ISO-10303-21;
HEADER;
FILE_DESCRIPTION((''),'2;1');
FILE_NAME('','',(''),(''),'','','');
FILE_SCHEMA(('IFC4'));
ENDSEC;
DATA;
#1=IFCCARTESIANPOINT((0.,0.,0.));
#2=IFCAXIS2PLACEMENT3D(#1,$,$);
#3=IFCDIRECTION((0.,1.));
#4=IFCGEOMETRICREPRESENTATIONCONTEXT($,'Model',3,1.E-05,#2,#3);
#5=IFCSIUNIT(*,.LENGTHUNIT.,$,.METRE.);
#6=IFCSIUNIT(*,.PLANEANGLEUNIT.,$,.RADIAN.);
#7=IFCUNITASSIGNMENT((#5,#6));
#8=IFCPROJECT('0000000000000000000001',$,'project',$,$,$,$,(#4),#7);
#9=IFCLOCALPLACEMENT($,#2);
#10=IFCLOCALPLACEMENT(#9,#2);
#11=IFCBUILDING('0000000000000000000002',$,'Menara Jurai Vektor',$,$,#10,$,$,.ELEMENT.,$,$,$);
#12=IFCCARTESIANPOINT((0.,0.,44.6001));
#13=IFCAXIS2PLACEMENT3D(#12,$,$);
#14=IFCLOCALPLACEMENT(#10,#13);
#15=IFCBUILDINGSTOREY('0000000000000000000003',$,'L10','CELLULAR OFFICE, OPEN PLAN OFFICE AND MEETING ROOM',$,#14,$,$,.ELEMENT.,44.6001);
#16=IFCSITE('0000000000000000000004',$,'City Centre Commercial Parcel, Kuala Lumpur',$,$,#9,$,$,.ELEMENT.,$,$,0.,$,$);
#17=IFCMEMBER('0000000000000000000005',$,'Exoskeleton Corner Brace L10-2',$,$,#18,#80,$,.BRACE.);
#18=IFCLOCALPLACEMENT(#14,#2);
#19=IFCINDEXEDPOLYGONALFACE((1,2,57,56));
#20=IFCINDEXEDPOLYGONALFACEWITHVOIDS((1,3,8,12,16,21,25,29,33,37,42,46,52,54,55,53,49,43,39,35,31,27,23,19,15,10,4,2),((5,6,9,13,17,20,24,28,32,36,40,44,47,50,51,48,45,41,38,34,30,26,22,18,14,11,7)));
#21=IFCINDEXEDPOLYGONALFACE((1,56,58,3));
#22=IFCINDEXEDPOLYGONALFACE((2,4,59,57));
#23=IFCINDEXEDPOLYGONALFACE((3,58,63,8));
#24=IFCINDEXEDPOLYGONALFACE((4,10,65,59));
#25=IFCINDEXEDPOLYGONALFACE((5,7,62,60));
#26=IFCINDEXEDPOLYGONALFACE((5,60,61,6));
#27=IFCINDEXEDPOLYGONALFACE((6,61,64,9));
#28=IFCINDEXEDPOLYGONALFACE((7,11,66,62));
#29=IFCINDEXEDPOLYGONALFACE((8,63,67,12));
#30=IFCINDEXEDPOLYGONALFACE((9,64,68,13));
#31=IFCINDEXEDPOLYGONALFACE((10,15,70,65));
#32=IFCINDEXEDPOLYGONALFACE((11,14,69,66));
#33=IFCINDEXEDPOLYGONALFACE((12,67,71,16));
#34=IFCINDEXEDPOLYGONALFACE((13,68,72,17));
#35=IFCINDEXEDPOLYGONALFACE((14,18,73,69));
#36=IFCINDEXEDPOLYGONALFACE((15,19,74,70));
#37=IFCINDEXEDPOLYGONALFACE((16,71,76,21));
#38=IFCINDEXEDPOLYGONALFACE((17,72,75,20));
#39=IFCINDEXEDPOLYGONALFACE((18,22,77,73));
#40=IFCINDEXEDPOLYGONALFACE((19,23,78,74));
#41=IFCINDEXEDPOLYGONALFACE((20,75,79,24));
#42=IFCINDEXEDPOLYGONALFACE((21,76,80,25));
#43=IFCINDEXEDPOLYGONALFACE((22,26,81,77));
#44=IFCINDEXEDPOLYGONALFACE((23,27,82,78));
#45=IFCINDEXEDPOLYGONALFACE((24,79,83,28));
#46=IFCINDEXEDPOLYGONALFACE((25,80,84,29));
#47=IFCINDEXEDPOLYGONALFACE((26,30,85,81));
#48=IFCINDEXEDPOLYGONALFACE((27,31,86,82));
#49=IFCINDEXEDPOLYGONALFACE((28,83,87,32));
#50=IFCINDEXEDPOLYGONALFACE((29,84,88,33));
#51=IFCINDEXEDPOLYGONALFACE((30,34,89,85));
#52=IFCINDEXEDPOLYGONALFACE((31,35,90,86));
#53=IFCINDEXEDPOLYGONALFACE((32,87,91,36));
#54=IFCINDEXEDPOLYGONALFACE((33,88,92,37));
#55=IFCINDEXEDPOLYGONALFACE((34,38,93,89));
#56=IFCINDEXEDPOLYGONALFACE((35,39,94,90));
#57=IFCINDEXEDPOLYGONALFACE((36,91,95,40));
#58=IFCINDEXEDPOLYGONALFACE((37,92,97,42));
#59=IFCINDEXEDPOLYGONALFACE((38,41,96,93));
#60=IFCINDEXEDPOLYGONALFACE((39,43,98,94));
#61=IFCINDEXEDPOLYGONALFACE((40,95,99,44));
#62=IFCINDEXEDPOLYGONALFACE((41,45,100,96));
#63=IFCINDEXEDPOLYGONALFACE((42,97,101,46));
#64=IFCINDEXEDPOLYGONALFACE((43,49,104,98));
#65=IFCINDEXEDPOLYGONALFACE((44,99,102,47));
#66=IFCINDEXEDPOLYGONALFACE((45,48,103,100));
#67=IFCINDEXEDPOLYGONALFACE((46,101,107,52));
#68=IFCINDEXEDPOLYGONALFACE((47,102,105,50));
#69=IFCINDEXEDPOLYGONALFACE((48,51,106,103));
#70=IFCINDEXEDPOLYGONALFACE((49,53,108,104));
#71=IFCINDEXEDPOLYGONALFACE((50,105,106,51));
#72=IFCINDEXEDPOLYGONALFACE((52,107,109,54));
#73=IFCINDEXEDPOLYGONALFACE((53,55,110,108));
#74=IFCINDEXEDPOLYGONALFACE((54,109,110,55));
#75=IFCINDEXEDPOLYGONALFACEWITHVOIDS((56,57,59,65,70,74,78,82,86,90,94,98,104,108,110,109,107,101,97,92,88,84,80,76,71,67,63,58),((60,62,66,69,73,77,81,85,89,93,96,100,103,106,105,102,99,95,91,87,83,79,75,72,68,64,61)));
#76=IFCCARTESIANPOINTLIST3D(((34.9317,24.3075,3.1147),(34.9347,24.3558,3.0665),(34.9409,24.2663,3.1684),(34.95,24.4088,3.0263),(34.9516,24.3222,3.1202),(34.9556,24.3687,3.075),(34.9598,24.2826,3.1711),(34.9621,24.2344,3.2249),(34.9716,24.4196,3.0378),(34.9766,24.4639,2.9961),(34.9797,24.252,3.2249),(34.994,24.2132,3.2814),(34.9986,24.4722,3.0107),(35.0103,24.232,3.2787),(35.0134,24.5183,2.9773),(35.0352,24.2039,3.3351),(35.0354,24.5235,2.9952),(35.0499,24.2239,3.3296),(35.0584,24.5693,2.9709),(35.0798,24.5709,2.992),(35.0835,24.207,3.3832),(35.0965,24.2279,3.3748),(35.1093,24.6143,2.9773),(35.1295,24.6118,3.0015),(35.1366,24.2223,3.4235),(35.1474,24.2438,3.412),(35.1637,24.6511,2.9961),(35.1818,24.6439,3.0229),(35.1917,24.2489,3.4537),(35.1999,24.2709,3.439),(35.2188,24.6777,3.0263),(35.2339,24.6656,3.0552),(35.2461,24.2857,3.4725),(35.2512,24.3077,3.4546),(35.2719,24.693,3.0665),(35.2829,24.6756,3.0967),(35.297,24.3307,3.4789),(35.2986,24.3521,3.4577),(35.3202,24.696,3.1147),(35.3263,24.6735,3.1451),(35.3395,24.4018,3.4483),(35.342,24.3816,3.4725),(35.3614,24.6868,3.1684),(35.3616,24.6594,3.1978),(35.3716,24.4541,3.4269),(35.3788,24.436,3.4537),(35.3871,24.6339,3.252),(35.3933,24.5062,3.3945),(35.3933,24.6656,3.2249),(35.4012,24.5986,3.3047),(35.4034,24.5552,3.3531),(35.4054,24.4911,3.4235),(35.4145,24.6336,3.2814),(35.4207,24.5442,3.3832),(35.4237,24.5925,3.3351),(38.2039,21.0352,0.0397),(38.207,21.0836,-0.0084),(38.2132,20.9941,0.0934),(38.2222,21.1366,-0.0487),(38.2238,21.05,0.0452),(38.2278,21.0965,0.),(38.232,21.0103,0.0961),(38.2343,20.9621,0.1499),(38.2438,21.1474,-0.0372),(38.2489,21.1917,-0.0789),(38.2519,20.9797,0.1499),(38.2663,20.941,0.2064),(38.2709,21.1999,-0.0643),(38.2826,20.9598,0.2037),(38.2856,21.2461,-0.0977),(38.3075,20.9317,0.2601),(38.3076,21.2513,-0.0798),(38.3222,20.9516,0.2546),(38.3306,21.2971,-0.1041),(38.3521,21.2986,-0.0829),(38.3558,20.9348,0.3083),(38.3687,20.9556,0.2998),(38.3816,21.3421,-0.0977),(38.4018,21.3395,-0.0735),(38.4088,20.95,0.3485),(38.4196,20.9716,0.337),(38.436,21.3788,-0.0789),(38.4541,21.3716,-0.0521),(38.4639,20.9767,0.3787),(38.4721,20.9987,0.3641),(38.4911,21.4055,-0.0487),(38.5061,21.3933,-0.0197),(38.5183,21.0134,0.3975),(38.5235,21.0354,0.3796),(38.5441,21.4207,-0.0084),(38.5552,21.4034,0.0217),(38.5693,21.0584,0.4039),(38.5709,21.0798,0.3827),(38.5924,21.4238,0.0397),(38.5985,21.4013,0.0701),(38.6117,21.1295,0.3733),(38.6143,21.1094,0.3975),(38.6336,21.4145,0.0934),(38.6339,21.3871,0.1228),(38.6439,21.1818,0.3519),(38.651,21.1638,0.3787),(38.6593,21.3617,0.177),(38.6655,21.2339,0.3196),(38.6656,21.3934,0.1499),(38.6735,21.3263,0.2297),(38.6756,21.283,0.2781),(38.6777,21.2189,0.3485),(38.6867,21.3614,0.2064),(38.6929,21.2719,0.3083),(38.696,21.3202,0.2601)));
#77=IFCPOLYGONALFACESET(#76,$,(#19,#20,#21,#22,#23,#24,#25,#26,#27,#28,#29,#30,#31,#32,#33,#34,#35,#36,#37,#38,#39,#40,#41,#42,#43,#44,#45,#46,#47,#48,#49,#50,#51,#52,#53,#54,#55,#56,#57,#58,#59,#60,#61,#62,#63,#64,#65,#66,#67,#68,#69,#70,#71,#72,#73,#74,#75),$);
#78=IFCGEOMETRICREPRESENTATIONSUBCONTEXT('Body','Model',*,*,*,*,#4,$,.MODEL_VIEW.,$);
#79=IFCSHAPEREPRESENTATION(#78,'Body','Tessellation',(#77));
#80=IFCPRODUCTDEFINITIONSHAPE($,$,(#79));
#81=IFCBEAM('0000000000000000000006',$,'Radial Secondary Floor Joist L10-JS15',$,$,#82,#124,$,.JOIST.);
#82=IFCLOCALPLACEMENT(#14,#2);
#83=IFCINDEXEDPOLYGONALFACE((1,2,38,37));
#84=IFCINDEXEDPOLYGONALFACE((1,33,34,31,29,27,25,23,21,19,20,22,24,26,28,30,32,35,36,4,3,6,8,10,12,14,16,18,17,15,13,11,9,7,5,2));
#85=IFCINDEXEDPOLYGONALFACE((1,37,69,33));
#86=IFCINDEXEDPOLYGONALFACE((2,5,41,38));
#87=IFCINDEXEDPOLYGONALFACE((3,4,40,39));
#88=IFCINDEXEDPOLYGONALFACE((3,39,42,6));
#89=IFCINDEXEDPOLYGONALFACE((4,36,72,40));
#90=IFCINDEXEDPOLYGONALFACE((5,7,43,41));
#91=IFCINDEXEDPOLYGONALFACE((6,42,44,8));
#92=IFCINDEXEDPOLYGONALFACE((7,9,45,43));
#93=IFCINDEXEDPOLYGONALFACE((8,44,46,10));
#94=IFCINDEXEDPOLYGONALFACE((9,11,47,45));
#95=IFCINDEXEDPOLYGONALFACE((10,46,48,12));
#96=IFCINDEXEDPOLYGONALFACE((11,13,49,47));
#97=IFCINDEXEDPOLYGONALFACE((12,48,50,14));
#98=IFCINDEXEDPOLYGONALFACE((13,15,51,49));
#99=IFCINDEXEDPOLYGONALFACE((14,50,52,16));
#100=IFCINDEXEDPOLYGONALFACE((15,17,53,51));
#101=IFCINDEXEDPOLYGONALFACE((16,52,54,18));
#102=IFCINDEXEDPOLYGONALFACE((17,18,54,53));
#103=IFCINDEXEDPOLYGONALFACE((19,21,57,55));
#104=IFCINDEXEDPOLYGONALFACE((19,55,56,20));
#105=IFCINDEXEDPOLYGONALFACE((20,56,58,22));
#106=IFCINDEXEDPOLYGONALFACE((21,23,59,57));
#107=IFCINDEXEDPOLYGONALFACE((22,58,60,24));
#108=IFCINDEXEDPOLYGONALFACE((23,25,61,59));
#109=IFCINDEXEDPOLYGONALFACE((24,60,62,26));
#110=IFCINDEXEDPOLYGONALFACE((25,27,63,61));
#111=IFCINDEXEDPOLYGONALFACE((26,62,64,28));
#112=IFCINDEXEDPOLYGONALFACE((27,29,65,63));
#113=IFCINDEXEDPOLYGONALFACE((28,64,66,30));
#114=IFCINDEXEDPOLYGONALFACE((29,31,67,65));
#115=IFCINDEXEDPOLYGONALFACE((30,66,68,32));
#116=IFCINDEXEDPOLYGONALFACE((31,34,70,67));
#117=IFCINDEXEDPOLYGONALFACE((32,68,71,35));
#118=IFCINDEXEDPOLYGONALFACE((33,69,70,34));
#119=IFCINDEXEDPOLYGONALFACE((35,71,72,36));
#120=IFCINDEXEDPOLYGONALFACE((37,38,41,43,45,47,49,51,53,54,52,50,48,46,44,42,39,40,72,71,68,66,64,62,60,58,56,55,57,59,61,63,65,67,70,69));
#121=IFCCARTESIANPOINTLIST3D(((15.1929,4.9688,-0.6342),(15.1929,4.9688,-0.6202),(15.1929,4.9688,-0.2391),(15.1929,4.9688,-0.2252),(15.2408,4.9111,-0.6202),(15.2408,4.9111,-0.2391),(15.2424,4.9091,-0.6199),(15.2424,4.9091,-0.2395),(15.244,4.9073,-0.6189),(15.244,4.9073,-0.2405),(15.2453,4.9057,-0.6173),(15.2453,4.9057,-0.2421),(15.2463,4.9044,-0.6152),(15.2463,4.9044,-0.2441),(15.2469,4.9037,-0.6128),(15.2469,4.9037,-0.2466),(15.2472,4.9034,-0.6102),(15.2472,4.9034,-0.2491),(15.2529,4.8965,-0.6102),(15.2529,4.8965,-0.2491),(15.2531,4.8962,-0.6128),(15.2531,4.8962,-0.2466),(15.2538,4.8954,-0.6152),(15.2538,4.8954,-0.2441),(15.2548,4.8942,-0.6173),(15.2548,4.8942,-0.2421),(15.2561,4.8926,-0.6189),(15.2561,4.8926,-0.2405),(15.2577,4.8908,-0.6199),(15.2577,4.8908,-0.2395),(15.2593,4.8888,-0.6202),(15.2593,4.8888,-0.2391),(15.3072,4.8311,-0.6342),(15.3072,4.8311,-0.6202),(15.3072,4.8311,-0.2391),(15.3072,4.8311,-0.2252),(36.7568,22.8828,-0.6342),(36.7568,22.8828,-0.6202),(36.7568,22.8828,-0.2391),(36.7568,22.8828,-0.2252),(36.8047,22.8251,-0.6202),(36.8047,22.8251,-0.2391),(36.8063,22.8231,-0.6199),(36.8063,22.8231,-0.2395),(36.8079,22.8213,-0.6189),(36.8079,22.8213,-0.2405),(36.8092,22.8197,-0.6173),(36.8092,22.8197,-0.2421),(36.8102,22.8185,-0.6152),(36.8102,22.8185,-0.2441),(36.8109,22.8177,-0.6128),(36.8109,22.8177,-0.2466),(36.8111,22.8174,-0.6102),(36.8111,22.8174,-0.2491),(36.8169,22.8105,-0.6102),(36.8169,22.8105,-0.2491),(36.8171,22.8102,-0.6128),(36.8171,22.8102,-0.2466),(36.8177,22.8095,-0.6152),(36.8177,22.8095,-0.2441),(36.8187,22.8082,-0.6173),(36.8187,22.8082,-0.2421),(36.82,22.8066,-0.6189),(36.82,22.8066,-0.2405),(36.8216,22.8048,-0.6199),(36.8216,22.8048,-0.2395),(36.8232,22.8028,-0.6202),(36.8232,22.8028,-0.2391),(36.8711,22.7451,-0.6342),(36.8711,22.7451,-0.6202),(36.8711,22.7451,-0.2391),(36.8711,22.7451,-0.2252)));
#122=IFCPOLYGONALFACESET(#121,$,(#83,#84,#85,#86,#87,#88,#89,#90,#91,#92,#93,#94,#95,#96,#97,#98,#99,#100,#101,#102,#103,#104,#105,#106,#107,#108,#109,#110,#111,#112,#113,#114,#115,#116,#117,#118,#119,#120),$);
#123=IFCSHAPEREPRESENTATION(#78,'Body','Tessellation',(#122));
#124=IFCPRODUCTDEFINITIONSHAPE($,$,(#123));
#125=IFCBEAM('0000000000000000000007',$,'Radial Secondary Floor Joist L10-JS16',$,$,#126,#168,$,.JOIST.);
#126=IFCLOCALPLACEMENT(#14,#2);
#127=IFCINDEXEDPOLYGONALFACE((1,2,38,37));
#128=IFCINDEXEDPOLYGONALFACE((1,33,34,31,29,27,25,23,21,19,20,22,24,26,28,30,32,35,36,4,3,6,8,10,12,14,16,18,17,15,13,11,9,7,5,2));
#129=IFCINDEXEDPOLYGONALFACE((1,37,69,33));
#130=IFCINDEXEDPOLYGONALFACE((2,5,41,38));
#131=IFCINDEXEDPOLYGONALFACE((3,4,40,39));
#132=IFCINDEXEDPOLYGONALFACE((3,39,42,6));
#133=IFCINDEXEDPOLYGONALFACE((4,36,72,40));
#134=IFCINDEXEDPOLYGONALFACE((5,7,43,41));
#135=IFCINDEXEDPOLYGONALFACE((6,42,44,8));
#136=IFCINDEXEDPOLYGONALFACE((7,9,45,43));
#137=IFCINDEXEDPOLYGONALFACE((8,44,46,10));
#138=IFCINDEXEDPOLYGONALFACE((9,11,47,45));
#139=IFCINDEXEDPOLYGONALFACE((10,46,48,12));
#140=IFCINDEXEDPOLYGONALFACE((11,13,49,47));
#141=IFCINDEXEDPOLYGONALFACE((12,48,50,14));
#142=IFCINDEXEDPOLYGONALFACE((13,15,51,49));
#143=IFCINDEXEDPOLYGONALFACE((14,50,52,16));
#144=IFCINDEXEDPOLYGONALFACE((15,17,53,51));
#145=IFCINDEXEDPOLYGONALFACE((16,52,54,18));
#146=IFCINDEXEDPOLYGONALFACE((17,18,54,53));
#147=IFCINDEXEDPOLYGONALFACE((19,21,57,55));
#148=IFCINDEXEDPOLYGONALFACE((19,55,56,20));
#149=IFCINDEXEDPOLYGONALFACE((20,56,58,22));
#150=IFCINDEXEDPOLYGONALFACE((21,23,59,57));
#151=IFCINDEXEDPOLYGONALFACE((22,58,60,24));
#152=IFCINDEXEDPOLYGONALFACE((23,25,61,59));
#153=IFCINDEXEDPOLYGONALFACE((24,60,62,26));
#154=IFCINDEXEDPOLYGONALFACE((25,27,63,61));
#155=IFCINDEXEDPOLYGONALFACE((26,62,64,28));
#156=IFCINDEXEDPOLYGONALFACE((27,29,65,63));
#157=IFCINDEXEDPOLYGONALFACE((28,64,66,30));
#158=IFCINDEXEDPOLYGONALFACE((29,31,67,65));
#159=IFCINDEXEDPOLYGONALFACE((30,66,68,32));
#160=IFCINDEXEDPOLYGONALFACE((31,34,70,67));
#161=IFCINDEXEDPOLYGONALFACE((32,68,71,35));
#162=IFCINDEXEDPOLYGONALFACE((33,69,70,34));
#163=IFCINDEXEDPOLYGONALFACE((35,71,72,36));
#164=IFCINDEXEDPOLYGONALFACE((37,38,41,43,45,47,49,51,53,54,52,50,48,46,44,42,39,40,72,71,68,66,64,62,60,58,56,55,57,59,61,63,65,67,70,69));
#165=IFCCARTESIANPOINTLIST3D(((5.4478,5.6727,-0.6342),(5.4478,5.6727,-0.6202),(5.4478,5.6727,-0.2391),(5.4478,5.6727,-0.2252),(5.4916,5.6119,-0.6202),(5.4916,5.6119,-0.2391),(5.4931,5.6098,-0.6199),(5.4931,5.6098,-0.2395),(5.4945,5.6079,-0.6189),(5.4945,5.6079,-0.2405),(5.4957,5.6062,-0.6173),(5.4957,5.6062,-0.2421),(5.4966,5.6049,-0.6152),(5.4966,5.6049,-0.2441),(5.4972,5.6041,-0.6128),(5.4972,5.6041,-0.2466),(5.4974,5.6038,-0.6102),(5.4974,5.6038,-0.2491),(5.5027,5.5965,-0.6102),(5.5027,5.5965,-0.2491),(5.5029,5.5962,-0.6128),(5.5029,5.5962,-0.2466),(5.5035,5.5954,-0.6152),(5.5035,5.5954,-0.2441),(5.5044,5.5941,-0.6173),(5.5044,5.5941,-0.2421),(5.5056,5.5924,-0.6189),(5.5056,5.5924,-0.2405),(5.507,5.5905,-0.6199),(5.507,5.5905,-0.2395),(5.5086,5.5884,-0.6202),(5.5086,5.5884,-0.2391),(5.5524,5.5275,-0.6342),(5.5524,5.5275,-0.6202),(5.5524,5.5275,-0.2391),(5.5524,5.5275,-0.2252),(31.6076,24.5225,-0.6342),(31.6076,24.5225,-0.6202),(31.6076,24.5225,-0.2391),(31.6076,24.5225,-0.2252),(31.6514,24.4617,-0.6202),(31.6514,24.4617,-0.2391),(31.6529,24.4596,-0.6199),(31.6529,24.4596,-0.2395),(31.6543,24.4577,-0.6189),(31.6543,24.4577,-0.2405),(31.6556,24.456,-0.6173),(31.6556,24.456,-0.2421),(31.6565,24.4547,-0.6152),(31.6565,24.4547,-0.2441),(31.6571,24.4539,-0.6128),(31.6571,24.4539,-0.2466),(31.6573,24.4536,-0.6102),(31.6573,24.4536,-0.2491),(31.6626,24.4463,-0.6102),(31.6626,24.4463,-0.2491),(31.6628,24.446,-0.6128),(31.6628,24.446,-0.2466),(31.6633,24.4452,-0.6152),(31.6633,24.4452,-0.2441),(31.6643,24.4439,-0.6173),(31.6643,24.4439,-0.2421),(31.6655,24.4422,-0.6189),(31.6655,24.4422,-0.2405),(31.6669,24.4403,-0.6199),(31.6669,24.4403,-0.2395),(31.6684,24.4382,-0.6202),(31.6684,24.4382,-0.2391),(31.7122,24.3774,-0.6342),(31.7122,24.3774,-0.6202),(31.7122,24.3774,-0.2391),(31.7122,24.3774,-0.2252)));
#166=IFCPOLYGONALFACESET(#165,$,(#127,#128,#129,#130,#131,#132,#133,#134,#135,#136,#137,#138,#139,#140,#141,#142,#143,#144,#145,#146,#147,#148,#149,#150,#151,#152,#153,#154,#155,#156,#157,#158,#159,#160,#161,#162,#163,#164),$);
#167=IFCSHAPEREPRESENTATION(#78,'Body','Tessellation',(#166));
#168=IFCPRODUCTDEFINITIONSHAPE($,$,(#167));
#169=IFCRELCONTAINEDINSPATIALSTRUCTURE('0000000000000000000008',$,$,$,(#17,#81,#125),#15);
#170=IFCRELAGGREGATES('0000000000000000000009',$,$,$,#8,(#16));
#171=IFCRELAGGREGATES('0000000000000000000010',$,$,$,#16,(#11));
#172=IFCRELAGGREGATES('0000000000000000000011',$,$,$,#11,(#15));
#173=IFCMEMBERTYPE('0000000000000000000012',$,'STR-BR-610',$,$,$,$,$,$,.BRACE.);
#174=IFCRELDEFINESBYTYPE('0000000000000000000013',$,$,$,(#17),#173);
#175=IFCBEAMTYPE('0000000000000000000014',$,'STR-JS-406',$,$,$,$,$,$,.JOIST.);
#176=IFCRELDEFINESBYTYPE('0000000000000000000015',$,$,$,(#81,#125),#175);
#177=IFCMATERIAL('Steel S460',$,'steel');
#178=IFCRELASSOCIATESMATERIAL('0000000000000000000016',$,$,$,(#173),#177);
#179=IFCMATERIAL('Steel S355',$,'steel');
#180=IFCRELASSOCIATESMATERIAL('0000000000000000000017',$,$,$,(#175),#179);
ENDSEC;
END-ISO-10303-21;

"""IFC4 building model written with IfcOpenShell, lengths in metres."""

from ifc_helpers import new_model, si_unit, direction, frame, origin, origin_2d, place, context, subcontext, project, spatial, hollow_circle, i_section, extrude, material, material_profile, profile_set, type_object, element, save


model = new_model("IFC4")

# Units and contexts
model_context = context("Model", 3, precision=1e-05, world=origin(), true_north=direction((0.0, 1.0)))
body_context = subcontext(model_context, "Body", "Model", "MODEL_VIEW")
ifc_project = project(units=[si_unit("LENGTHUNIT", "METRE"), si_unit("PLANEANGLEUNIT", "RADIAN")], contexts=[model_context])

# Site, building, storey
site_placement = place(None, origin())
site = spatial("IfcSite", under=ifc_project, at=site_placement, Name="City Centre Commercial Parcel, Kuala Lumpur", CompositionType="ELEMENT", RefElevation=0.0)
building_placement = place(site_placement, origin())
building = spatial("IfcBuilding", under=site, at=building_placement, Name="Menara Jurai Vektor", CompositionType="ELEMENT")
storey_placement = place(building_placement, frame((0.0, 0.0, 44.6001)))
storey = spatial("IfcBuildingStorey", under=building, at=storey_placement, Name="L10", Description="CELLULAR OFFICE, OPEN PLAN OFFICE AND MEETING ROOM", CompositionType="ELEMENT", Elevation=44.6001)

# Shared definitions
ifc_material_1 = material(Name="Steel S460", Category="steel")

# Shared definitions
ifc_material_2 = material(Name="Steel S355", Category="steel")

# Member
ifc_material_profile_1 = material_profile(ifc_material_1, hollow_circle(Radius=0.3049, WallThickness=0.0249, at=origin_2d()), Name="CHS 610x25")
ifc_profile_set_1 = profile_set([ifc_material_profile_1], Name="Steel S460")
member_type_1 = type_object("IfcMemberType", Name="STR-BR-610", PredefinedType="BRACE", material=ifc_profile_set_1)
member_1_placement = place(storey_placement, frame((38.45, 21.1777, 0.1499), z_axis=(-0.588942, 0.588942, 0.553438), x_axis=(-0.707107, -0.707107, 0.0)))
element("IfcMember", 1, at=member_1_placement, inside=storey, type_object=member_type_1, Name="Exoskeleton Corner Brace L10-2", PredefinedType="BRACE", context=body_context, shape_type="SweptSolid", body=[
    extrude(hollow_circle(Radius=0.3049, WallThickness=0.0249, at=origin_2d()), origin(), (0.0, 0.0, 1.0), 5.5562),
])

# Beams
ifc_material_profile_2 = material_profile(ifc_material_2, i_section(OverallWidth=0.179, OverallDepth=0.4089, WebThickness=0.009, FlangeThickness=0.0139, FilletRadius=0.01, at=origin_2d()), Name="UKB 406x178x67")
ifc_profile_set_2 = profile_set([ifc_material_profile_2], Name="Steel S355")
beam_type_1 = type_object("IfcBeamType", Name="STR-JS-406", PredefinedType="JOIST", material=ifc_profile_set_2)
beam_1_placement = place(storey_placement, frame((36.814, 22.814, -0.4297), z_axis=(-0.769201, -0.639007, 0.0), x_axis=(0.639007, -0.769201, 0.0)))
element("IfcBeam", 2, at=beam_1_placement, inside=storey, type_object=beam_type_1, Name="Radial Secondary Floor Joist L10-JS15", PredefinedType="JOIST", context=body_context, shape_type="SweptSolid", body=[
    extrude(i_section(OverallWidth=0.179, OverallDepth=0.4089, WebThickness=0.009, FlangeThickness=0.0139, FilletRadius=0.01, at=origin_2d()), origin(), (0.0, 0.0, 1.0), 28.0342),
])
beam_2_placement = place(storey_placement, frame((31.6599, 24.45, -0.4297), z_axis=(-0.811318, -0.584605, 0.0), x_axis=(0.584605, -0.811318, 0.0)))
element("IfcBeam", 3, at=beam_2_placement, inside=storey, type_object=beam_type_1, Name="Radial Secondary Floor Joist L10-JS16", PredefinedType="JOIST", context=body_context, shape_type="SweptSolid", body=[
    extrude(i_section(OverallWidth=0.179, OverallDepth=0.4089, WebThickness=0.009, FlangeThickness=0.0139, FilletRadius=0.01, at=origin_2d()), origin(), (0.0, 0.0, 1.0), 32.2437),
])

save(model, "model.ifc")
